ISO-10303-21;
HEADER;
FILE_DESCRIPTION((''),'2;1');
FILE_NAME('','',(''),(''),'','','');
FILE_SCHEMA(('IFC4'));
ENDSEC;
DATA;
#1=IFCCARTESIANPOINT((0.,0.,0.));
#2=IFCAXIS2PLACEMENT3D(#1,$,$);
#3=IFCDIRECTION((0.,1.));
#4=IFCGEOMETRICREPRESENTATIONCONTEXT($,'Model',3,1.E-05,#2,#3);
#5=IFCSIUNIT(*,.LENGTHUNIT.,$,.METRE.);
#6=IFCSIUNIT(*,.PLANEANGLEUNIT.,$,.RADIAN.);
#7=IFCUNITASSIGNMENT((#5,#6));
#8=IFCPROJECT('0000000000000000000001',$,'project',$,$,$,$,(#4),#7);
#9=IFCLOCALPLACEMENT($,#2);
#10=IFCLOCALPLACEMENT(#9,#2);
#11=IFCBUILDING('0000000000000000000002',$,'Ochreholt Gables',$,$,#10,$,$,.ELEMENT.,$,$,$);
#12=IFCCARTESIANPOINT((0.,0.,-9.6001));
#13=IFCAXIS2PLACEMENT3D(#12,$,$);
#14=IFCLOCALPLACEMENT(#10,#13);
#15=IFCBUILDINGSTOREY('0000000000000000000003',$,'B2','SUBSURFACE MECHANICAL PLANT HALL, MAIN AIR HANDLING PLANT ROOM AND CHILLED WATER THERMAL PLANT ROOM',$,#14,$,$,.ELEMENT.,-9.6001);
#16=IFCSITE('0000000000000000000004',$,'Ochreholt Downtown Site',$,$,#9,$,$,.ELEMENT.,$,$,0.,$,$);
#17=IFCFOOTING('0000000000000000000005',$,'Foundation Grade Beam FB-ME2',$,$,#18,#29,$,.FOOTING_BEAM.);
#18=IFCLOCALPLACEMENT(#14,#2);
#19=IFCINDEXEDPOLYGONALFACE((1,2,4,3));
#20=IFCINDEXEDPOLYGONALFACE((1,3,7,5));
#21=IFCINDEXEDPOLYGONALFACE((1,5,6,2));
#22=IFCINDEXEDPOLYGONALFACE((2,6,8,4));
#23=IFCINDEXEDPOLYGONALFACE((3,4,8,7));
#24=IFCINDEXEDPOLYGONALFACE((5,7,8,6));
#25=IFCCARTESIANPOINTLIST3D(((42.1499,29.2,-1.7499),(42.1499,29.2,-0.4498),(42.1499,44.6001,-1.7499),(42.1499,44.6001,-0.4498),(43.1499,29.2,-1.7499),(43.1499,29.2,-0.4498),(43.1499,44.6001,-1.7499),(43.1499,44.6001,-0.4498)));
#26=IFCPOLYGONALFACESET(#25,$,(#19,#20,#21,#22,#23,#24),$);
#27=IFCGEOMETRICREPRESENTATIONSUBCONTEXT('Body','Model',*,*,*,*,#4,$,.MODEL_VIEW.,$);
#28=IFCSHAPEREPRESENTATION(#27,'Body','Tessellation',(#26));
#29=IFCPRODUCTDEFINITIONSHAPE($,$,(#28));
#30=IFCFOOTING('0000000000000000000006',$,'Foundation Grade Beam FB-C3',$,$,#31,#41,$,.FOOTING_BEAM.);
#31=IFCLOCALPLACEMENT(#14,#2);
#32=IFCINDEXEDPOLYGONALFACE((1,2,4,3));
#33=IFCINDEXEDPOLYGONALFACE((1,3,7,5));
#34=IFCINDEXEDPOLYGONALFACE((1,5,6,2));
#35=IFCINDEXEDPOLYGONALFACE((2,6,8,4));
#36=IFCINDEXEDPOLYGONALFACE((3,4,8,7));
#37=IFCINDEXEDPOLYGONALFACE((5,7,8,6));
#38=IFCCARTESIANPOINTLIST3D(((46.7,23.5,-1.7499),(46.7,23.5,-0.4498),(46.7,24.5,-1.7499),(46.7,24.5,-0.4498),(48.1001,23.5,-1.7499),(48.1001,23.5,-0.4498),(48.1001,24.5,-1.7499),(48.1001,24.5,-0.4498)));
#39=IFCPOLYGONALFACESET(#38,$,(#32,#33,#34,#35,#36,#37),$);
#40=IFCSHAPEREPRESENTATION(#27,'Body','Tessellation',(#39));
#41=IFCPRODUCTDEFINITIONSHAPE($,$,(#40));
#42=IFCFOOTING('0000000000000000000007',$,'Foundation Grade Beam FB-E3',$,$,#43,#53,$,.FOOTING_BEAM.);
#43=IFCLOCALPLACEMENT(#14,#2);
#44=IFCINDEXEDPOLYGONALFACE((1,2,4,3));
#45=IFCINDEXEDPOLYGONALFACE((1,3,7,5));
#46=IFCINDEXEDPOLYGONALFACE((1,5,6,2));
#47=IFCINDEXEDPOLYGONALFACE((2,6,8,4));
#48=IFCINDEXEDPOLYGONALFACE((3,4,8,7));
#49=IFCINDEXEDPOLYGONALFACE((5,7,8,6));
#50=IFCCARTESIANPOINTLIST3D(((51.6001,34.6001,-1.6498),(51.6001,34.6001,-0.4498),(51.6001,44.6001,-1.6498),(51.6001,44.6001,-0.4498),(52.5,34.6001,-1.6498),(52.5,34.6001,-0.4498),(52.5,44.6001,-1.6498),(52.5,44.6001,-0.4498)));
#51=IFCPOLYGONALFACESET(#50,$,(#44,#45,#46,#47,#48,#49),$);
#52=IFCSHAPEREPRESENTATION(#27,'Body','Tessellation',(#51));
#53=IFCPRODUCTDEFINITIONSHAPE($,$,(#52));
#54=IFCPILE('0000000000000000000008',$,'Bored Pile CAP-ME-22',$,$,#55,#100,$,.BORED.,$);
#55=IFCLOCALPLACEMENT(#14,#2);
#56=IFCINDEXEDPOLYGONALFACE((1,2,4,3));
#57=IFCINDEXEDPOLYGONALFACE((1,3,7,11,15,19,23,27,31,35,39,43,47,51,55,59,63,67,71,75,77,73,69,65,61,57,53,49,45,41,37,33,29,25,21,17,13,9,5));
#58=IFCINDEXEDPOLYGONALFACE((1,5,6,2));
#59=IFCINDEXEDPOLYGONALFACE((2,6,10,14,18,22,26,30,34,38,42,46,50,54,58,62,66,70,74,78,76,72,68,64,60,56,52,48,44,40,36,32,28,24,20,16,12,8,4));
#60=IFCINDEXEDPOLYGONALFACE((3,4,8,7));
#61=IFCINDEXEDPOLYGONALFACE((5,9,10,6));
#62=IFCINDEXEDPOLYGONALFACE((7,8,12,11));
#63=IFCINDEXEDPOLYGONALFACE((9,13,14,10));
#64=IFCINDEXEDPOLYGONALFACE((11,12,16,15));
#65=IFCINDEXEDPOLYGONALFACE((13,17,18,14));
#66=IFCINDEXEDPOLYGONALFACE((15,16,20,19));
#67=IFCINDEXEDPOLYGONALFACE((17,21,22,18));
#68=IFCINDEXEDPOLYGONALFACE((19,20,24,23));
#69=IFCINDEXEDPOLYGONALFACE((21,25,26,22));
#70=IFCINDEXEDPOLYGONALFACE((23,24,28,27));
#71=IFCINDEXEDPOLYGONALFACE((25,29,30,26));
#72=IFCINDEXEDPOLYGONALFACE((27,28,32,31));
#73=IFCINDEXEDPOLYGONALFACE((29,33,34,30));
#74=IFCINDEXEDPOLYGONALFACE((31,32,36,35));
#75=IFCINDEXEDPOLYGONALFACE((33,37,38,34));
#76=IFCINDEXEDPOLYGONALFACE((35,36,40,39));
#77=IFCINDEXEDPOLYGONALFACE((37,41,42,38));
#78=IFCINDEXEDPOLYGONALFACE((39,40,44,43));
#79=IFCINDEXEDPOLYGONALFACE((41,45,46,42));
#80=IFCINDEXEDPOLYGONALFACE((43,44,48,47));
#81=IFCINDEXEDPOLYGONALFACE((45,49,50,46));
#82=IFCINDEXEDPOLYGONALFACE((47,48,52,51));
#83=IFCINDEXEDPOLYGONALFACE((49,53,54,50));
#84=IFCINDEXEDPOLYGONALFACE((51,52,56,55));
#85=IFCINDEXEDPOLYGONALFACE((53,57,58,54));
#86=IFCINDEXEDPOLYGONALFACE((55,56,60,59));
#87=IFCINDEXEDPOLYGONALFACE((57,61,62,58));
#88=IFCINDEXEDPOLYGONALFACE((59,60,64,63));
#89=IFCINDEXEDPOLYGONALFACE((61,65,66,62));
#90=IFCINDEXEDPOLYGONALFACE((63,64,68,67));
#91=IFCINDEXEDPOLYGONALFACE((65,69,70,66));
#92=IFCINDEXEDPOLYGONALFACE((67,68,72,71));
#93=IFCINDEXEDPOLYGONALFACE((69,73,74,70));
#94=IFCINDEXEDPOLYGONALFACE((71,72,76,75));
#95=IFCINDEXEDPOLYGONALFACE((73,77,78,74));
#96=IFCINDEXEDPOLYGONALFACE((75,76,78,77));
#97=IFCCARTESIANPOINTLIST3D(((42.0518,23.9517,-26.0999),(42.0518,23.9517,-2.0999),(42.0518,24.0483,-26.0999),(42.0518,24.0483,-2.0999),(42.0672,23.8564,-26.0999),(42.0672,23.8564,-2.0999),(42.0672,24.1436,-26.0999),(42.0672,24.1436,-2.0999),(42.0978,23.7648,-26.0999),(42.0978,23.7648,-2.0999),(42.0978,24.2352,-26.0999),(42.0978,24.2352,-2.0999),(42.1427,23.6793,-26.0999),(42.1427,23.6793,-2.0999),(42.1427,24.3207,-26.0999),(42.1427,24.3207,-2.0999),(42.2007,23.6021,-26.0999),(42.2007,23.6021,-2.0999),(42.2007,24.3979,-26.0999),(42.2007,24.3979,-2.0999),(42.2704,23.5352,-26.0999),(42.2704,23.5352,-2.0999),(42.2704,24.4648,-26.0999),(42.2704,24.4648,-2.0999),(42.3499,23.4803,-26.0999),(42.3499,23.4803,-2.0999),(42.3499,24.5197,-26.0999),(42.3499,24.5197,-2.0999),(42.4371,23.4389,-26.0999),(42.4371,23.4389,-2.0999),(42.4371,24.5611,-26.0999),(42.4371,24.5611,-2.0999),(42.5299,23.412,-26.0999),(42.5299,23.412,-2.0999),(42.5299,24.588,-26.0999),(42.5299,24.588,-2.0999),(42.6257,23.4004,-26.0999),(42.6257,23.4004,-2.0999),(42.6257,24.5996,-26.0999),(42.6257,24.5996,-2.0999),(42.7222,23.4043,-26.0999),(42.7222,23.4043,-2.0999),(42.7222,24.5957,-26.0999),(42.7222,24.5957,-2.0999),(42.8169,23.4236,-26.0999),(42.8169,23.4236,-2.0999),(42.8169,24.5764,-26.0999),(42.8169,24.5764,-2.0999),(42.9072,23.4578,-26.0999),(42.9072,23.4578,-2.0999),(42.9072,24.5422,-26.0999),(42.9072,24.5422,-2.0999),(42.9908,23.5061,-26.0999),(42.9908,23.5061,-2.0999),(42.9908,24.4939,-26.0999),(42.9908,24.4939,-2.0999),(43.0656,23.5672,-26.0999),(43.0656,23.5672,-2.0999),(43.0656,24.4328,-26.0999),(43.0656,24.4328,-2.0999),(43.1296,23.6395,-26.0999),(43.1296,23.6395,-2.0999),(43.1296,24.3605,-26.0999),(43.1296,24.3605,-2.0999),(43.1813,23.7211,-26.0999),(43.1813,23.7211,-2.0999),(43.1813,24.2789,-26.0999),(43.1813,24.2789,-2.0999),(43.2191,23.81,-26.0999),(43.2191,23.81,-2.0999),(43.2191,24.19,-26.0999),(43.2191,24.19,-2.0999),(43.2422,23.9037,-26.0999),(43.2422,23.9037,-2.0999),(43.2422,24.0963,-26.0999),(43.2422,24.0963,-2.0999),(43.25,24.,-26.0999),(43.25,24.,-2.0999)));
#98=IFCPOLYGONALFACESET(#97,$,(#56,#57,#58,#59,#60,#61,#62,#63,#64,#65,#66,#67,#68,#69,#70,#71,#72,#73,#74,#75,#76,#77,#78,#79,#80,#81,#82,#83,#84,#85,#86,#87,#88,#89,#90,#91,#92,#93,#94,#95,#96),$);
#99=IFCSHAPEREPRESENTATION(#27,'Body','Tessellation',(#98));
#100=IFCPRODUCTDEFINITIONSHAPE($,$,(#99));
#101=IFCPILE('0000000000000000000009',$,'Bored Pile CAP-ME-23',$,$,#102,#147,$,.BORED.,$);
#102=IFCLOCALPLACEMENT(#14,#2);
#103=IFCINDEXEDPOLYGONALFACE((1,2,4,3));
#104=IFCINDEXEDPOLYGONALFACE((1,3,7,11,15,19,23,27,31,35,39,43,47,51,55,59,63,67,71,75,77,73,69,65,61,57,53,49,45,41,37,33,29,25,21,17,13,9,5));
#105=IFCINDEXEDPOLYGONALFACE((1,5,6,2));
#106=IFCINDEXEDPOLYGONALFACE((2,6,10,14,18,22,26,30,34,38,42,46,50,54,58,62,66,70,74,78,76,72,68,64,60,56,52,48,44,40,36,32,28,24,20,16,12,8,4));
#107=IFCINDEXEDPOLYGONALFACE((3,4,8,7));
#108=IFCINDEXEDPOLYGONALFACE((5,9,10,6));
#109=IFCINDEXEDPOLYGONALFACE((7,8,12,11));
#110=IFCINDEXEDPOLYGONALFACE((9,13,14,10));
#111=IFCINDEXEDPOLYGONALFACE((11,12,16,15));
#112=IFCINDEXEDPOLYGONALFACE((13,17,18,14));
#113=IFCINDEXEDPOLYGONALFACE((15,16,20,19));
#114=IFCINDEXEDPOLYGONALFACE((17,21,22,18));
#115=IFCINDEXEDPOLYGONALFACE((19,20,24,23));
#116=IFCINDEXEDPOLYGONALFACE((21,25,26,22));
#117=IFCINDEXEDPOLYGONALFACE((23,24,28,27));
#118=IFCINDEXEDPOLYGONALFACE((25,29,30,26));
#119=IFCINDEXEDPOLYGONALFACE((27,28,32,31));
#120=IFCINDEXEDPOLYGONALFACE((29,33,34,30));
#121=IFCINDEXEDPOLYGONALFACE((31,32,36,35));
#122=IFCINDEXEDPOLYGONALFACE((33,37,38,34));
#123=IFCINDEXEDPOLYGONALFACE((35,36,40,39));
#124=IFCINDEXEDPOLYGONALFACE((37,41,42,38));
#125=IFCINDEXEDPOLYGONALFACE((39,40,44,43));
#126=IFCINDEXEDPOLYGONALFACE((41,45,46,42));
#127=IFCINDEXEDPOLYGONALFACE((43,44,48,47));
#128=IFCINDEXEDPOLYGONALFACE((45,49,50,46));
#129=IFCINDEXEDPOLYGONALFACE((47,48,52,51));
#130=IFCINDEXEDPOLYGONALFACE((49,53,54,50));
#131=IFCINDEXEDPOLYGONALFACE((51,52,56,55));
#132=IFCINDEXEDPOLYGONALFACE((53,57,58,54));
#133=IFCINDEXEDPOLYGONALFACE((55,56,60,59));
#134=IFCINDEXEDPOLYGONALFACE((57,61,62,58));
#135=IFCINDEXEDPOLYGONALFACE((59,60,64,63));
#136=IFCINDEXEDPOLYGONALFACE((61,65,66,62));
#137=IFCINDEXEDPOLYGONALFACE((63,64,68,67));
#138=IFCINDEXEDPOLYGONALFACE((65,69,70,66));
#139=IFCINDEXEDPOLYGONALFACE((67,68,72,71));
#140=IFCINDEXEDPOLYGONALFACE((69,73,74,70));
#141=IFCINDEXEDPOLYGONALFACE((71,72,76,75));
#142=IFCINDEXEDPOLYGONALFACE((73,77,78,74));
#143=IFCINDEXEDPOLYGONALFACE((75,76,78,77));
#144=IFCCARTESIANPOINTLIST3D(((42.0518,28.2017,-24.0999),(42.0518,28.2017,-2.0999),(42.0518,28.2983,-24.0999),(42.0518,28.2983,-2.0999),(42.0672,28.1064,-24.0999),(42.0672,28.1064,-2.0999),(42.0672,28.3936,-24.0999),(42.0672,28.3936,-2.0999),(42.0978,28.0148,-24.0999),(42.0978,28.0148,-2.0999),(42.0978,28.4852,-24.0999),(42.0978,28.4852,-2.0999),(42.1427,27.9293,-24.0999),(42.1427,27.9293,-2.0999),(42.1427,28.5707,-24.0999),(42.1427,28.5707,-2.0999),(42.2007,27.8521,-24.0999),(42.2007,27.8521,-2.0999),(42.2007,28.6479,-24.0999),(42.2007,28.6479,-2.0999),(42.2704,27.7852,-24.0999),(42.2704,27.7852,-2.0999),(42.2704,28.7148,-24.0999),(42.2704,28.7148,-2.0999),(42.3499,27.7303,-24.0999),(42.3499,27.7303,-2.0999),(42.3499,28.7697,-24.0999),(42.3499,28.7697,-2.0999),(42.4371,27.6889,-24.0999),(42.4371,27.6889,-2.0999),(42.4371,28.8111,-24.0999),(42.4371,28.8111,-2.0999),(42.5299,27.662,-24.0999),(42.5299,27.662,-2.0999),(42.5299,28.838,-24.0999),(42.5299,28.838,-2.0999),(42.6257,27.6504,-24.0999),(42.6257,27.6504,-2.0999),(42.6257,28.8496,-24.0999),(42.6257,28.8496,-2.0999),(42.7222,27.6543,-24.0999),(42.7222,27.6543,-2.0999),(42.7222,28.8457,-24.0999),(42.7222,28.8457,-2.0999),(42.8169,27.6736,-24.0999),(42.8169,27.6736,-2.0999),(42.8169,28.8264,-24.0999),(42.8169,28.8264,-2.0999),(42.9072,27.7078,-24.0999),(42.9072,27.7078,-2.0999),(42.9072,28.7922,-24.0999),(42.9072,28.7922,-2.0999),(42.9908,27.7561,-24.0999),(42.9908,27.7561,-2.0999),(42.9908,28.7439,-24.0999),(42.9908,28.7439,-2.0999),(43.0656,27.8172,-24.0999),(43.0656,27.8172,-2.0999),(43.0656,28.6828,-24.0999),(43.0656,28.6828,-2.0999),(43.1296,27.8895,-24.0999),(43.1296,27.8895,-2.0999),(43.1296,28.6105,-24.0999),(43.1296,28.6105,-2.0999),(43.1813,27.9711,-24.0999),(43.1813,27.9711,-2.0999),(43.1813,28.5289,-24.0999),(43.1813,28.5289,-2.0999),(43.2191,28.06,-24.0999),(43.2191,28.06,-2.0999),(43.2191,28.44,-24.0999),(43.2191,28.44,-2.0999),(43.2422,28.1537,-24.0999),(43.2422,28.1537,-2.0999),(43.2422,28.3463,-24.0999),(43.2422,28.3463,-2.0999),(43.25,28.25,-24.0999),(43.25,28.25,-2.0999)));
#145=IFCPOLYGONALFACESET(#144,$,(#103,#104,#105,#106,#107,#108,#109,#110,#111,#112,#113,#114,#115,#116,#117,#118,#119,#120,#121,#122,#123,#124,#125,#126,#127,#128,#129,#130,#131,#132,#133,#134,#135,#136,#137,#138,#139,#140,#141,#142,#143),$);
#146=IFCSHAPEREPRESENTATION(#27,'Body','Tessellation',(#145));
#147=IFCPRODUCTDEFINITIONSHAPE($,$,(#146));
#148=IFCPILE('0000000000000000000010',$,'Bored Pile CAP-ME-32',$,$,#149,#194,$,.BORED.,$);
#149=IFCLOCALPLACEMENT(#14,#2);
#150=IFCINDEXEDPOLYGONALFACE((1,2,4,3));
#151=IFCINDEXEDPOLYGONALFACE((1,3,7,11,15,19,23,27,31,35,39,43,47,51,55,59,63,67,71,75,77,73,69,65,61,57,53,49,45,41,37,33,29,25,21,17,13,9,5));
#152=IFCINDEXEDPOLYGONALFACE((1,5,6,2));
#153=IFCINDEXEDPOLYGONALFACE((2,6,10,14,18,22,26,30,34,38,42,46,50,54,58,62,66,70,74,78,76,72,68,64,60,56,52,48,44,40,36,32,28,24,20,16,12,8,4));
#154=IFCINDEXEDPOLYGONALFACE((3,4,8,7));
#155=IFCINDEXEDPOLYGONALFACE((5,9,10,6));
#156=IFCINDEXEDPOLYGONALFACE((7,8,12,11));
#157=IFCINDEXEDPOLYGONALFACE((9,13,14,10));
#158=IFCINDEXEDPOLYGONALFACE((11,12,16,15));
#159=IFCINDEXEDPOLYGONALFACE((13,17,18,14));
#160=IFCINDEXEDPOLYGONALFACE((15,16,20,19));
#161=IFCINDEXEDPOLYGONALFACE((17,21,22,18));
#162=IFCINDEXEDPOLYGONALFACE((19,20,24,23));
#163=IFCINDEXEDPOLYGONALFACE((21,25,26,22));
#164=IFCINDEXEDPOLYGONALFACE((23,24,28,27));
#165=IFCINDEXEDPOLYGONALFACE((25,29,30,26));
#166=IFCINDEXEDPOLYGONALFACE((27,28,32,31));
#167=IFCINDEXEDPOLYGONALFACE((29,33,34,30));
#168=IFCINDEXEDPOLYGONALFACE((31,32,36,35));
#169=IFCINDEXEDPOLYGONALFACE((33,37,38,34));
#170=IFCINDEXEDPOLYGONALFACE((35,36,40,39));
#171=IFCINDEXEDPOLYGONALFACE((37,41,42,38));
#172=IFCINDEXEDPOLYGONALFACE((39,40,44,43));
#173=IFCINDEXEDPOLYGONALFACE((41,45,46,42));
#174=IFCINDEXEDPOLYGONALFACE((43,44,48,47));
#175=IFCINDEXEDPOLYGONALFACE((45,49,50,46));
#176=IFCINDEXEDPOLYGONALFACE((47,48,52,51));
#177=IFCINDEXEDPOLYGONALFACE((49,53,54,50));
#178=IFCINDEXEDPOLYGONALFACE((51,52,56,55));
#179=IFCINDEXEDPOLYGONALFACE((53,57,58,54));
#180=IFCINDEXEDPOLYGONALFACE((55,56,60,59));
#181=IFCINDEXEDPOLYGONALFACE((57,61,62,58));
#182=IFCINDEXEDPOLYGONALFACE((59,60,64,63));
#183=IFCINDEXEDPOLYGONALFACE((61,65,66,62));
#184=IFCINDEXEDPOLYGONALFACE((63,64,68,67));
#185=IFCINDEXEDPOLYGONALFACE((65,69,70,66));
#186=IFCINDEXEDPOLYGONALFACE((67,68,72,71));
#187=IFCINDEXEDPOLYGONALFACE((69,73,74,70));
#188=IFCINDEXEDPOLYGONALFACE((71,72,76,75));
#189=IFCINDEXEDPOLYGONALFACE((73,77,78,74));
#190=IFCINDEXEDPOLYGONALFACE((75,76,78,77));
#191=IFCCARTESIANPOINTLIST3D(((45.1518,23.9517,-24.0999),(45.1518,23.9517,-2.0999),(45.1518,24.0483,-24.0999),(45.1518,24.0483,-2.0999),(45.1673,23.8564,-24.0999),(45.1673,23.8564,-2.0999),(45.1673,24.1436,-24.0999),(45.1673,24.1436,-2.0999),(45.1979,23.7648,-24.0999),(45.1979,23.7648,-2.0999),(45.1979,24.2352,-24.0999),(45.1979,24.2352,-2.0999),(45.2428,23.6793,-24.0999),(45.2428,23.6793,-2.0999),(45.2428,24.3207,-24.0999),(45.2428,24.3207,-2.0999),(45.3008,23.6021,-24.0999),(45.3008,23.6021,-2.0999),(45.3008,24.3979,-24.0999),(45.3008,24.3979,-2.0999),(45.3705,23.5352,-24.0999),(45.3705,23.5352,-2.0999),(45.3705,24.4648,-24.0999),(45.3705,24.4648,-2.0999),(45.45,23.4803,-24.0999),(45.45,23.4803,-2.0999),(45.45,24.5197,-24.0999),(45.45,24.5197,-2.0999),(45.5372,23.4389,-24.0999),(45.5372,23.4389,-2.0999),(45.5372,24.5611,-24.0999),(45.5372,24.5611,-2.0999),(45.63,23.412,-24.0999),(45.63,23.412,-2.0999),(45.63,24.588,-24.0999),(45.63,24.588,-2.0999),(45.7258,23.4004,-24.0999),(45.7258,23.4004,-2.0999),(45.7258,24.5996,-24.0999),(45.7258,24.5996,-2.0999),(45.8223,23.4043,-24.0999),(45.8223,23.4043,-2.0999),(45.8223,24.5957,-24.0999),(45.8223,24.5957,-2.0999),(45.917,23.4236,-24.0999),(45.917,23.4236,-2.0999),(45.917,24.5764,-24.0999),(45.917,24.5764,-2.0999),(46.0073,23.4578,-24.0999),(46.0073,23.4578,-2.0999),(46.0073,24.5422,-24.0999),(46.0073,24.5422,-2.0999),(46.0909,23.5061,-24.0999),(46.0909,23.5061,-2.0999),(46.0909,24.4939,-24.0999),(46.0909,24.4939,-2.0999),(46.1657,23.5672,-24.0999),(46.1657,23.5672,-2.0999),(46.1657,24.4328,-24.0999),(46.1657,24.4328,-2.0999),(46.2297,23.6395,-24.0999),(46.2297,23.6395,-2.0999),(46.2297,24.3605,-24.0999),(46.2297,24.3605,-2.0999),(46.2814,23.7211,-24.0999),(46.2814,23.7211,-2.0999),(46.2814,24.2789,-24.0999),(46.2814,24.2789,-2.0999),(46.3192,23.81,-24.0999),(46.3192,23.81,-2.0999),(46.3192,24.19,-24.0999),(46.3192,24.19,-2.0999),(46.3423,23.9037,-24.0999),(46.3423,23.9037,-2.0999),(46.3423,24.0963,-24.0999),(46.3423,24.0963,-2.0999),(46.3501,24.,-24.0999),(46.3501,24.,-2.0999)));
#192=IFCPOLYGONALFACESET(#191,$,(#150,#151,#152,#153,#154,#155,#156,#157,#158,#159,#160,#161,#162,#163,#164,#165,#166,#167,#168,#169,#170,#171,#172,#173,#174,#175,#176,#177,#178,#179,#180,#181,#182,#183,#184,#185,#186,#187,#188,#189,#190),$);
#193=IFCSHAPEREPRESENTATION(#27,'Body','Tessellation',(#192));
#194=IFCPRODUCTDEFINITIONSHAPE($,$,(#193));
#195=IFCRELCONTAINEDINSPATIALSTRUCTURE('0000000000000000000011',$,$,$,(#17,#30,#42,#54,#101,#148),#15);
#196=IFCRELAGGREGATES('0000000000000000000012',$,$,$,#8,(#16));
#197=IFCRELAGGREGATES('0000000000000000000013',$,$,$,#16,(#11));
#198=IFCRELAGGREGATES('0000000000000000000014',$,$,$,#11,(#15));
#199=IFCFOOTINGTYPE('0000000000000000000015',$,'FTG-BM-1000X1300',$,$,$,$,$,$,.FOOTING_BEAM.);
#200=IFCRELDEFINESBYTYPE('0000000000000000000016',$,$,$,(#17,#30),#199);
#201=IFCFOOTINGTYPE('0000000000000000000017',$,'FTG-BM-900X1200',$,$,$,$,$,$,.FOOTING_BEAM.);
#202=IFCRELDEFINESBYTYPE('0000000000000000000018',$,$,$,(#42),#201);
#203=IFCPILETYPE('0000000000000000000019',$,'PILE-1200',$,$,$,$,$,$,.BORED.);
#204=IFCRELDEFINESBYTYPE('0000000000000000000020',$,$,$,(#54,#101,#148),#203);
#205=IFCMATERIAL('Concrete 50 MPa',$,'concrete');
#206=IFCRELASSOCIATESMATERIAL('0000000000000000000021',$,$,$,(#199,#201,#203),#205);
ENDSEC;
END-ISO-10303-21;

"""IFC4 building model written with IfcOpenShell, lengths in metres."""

from ifc_helpers import new_model, si_unit, direction, frame, origin, origin_2d, place, context, subcontext, project, spatial, rectangle, circle, extrude, material, material_profile, profile_set, type_object, element, save


model = new_model("IFC4")

# Units and contexts
model_context = context("Model", 3, precision=1e-05, world=origin(), true_north=direction((0.0, 1.0)))
body_context = subcontext(model_context, "Body", "Model", "MODEL_VIEW")
ifc_project = project(units=[si_unit("LENGTHUNIT", "METRE"), si_unit("PLANEANGLEUNIT", "RADIAN")], contexts=[model_context])

# Site, building, storey
site_placement = place(None, origin())
site = spatial("IfcSite", under=ifc_project, at=site_placement, Name="Ochreholt Downtown Site", CompositionType="ELEMENT", RefElevation=0.0)
building_placement = place(site_placement, origin())
building = spatial("IfcBuilding", under=site, at=building_placement, Name="Ochreholt Gables", CompositionType="ELEMENT")
storey_placement = place(building_placement, frame((0.0, 0.0, -9.6001)))
storey = spatial("IfcBuildingStorey", under=building, at=storey_placement, Name="B2", Description="SUBSURFACE MECHANICAL PLANT HALL, MAIN AIR HANDLING PLANT ROOM AND CHILLED WATER THERMAL PLANT ROOM", CompositionType="ELEMENT", Elevation=-9.6001)

# Footings
ifc_material_1 = material(Name="Concrete 50 MPa", Category="concrete")
ifc_material_profile_1 = material_profile(ifc_material_1, rectangle(XDim=1.0, YDim=1.3, at=origin_2d()), Name="FB1000X1300")
ifc_profile_set_1 = profile_set([ifc_material_profile_1], Name="Concrete 50 MPa")
footing_type_1 = type_object("IfcFootingType", Name="FTG-BM-1000X1300", PredefinedType="FOOTING_BEAM", material=ifc_profile_set_1)
footing_1_placement = place(storey_placement, frame((42.6499, 29.2, -1.0999), z_axis=(0.0, 1.0, 0.0), x_axis=(-1.0, 0.0, 0.0)))
element("IfcFooting", 1, at=footing_1_placement, inside=storey, type_object=footing_type_1, Name="Foundation Grade Beam FB-ME2", PredefinedType="FOOTING_BEAM", context=body_context, shape_type="SweptSolid", body=[
    extrude(rectangle(XDim=1.0, YDim=1.3, at=origin_2d()), origin(), (0.0, 0.0, 1.0), 15.4001),
])
footing_2_placement = place(storey_placement, frame((46.7, 24.0, -1.0999), z_axis=(1.0, 0.0, 0.0), x_axis=(0.0, 1.0, 0.0)))
element("IfcFooting", 2, at=footing_2_placement, inside=storey, type_object=footing_type_1, Name="Foundation Grade Beam FB-C3", PredefinedType="FOOTING_BEAM", context=body_context, shape_type="SweptSolid", body=[
    extrude(rectangle(XDim=1.0, YDim=1.3, at=origin_2d()), origin(), (0.0, 0.0, 1.0), 1.4001),
])
ifc_material_profile_2 = material_profile(ifc_material_1, rectangle(XDim=0.8999, YDim=1.2, at=origin_2d()), Name="FB900X1200")
ifc_profile_set_2 = profile_set([ifc_material_profile_2], Name="Concrete 50 MPa")
footing_type_2 = type_object("IfcFootingType", Name="FTG-BM-900X1200", PredefinedType="FOOTING_BEAM", material=ifc_profile_set_2)
footing_3_placement = place(storey_placement, frame((52.05, 34.6001, -1.0498), z_axis=(0.0, 1.0, 0.0), x_axis=(-1.0, 0.0, 0.0)))
element("IfcFooting", 3, at=footing_3_placement, inside=storey, type_object=footing_type_2, Name="Foundation Grade Beam FB-E3", PredefinedType="FOOTING_BEAM", context=body_context, shape_type="SweptSolid", body=[
    extrude(rectangle(XDim=0.8999, YDim=1.2, at=origin_2d()), origin(), (0.0, 0.0, 1.0), 10.0),
])

# Piles
ifc_material_profile_3 = material_profile(ifc_material_1, circle(Radius=0.6001, at=origin_2d()), Name="PILE1200")
ifc_profile_set_3 = profile_set([ifc_material_profile_3], Name="Concrete 50 MPa")
pile_type = type_object("IfcPileType", Name="PILE-1200", PredefinedType="BORED", material=ifc_profile_set_3)
pile_1_placement = place(storey_placement, frame((42.6499, 24.0, -2.0999), z_axis=(0.0, 0.0, -1.0), x_axis=(1.0, 0.0, 0.0)))
element("IfcPile", 4, at=pile_1_placement, inside=storey, type_object=pile_type, Name="Bored Pile CAP-ME-22", PredefinedType="BORED", context=body_context, shape_type="SweptSolid", body=[
    extrude(circle(Radius=0.6001, at=origin_2d()), origin(), (0.0, 0.0, 1.0), 24.0),
])
for number, where, z_axis, x_axis, name in (
    (5, (42.6499, 28.25, -2.0999), (0.0, 0.0, -1.0), (1.0, 0.0, 0.0), "Bored Pile CAP-ME-23"),
    (6, (45.75, 24.0, -2.0999), (0.0, 0.0, -1.0), (1.0, 0.0, 0.0), "Bored Pile CAP-ME-32"),
):
    element("IfcPile", number, at=place(storey_placement, frame(where, z_axis=z_axis, x_axis=x_axis)), inside=storey, type_object=pile_type, Name=name, PredefinedType="BORED", context=body_context, shape_type="SweptSolid", body=[
        extrude(circle(Radius=0.6001, at=origin_2d()), origin(), (0.0, 0.0, 1.0), 22.0),
    ])

save(model, "model.ifc")
